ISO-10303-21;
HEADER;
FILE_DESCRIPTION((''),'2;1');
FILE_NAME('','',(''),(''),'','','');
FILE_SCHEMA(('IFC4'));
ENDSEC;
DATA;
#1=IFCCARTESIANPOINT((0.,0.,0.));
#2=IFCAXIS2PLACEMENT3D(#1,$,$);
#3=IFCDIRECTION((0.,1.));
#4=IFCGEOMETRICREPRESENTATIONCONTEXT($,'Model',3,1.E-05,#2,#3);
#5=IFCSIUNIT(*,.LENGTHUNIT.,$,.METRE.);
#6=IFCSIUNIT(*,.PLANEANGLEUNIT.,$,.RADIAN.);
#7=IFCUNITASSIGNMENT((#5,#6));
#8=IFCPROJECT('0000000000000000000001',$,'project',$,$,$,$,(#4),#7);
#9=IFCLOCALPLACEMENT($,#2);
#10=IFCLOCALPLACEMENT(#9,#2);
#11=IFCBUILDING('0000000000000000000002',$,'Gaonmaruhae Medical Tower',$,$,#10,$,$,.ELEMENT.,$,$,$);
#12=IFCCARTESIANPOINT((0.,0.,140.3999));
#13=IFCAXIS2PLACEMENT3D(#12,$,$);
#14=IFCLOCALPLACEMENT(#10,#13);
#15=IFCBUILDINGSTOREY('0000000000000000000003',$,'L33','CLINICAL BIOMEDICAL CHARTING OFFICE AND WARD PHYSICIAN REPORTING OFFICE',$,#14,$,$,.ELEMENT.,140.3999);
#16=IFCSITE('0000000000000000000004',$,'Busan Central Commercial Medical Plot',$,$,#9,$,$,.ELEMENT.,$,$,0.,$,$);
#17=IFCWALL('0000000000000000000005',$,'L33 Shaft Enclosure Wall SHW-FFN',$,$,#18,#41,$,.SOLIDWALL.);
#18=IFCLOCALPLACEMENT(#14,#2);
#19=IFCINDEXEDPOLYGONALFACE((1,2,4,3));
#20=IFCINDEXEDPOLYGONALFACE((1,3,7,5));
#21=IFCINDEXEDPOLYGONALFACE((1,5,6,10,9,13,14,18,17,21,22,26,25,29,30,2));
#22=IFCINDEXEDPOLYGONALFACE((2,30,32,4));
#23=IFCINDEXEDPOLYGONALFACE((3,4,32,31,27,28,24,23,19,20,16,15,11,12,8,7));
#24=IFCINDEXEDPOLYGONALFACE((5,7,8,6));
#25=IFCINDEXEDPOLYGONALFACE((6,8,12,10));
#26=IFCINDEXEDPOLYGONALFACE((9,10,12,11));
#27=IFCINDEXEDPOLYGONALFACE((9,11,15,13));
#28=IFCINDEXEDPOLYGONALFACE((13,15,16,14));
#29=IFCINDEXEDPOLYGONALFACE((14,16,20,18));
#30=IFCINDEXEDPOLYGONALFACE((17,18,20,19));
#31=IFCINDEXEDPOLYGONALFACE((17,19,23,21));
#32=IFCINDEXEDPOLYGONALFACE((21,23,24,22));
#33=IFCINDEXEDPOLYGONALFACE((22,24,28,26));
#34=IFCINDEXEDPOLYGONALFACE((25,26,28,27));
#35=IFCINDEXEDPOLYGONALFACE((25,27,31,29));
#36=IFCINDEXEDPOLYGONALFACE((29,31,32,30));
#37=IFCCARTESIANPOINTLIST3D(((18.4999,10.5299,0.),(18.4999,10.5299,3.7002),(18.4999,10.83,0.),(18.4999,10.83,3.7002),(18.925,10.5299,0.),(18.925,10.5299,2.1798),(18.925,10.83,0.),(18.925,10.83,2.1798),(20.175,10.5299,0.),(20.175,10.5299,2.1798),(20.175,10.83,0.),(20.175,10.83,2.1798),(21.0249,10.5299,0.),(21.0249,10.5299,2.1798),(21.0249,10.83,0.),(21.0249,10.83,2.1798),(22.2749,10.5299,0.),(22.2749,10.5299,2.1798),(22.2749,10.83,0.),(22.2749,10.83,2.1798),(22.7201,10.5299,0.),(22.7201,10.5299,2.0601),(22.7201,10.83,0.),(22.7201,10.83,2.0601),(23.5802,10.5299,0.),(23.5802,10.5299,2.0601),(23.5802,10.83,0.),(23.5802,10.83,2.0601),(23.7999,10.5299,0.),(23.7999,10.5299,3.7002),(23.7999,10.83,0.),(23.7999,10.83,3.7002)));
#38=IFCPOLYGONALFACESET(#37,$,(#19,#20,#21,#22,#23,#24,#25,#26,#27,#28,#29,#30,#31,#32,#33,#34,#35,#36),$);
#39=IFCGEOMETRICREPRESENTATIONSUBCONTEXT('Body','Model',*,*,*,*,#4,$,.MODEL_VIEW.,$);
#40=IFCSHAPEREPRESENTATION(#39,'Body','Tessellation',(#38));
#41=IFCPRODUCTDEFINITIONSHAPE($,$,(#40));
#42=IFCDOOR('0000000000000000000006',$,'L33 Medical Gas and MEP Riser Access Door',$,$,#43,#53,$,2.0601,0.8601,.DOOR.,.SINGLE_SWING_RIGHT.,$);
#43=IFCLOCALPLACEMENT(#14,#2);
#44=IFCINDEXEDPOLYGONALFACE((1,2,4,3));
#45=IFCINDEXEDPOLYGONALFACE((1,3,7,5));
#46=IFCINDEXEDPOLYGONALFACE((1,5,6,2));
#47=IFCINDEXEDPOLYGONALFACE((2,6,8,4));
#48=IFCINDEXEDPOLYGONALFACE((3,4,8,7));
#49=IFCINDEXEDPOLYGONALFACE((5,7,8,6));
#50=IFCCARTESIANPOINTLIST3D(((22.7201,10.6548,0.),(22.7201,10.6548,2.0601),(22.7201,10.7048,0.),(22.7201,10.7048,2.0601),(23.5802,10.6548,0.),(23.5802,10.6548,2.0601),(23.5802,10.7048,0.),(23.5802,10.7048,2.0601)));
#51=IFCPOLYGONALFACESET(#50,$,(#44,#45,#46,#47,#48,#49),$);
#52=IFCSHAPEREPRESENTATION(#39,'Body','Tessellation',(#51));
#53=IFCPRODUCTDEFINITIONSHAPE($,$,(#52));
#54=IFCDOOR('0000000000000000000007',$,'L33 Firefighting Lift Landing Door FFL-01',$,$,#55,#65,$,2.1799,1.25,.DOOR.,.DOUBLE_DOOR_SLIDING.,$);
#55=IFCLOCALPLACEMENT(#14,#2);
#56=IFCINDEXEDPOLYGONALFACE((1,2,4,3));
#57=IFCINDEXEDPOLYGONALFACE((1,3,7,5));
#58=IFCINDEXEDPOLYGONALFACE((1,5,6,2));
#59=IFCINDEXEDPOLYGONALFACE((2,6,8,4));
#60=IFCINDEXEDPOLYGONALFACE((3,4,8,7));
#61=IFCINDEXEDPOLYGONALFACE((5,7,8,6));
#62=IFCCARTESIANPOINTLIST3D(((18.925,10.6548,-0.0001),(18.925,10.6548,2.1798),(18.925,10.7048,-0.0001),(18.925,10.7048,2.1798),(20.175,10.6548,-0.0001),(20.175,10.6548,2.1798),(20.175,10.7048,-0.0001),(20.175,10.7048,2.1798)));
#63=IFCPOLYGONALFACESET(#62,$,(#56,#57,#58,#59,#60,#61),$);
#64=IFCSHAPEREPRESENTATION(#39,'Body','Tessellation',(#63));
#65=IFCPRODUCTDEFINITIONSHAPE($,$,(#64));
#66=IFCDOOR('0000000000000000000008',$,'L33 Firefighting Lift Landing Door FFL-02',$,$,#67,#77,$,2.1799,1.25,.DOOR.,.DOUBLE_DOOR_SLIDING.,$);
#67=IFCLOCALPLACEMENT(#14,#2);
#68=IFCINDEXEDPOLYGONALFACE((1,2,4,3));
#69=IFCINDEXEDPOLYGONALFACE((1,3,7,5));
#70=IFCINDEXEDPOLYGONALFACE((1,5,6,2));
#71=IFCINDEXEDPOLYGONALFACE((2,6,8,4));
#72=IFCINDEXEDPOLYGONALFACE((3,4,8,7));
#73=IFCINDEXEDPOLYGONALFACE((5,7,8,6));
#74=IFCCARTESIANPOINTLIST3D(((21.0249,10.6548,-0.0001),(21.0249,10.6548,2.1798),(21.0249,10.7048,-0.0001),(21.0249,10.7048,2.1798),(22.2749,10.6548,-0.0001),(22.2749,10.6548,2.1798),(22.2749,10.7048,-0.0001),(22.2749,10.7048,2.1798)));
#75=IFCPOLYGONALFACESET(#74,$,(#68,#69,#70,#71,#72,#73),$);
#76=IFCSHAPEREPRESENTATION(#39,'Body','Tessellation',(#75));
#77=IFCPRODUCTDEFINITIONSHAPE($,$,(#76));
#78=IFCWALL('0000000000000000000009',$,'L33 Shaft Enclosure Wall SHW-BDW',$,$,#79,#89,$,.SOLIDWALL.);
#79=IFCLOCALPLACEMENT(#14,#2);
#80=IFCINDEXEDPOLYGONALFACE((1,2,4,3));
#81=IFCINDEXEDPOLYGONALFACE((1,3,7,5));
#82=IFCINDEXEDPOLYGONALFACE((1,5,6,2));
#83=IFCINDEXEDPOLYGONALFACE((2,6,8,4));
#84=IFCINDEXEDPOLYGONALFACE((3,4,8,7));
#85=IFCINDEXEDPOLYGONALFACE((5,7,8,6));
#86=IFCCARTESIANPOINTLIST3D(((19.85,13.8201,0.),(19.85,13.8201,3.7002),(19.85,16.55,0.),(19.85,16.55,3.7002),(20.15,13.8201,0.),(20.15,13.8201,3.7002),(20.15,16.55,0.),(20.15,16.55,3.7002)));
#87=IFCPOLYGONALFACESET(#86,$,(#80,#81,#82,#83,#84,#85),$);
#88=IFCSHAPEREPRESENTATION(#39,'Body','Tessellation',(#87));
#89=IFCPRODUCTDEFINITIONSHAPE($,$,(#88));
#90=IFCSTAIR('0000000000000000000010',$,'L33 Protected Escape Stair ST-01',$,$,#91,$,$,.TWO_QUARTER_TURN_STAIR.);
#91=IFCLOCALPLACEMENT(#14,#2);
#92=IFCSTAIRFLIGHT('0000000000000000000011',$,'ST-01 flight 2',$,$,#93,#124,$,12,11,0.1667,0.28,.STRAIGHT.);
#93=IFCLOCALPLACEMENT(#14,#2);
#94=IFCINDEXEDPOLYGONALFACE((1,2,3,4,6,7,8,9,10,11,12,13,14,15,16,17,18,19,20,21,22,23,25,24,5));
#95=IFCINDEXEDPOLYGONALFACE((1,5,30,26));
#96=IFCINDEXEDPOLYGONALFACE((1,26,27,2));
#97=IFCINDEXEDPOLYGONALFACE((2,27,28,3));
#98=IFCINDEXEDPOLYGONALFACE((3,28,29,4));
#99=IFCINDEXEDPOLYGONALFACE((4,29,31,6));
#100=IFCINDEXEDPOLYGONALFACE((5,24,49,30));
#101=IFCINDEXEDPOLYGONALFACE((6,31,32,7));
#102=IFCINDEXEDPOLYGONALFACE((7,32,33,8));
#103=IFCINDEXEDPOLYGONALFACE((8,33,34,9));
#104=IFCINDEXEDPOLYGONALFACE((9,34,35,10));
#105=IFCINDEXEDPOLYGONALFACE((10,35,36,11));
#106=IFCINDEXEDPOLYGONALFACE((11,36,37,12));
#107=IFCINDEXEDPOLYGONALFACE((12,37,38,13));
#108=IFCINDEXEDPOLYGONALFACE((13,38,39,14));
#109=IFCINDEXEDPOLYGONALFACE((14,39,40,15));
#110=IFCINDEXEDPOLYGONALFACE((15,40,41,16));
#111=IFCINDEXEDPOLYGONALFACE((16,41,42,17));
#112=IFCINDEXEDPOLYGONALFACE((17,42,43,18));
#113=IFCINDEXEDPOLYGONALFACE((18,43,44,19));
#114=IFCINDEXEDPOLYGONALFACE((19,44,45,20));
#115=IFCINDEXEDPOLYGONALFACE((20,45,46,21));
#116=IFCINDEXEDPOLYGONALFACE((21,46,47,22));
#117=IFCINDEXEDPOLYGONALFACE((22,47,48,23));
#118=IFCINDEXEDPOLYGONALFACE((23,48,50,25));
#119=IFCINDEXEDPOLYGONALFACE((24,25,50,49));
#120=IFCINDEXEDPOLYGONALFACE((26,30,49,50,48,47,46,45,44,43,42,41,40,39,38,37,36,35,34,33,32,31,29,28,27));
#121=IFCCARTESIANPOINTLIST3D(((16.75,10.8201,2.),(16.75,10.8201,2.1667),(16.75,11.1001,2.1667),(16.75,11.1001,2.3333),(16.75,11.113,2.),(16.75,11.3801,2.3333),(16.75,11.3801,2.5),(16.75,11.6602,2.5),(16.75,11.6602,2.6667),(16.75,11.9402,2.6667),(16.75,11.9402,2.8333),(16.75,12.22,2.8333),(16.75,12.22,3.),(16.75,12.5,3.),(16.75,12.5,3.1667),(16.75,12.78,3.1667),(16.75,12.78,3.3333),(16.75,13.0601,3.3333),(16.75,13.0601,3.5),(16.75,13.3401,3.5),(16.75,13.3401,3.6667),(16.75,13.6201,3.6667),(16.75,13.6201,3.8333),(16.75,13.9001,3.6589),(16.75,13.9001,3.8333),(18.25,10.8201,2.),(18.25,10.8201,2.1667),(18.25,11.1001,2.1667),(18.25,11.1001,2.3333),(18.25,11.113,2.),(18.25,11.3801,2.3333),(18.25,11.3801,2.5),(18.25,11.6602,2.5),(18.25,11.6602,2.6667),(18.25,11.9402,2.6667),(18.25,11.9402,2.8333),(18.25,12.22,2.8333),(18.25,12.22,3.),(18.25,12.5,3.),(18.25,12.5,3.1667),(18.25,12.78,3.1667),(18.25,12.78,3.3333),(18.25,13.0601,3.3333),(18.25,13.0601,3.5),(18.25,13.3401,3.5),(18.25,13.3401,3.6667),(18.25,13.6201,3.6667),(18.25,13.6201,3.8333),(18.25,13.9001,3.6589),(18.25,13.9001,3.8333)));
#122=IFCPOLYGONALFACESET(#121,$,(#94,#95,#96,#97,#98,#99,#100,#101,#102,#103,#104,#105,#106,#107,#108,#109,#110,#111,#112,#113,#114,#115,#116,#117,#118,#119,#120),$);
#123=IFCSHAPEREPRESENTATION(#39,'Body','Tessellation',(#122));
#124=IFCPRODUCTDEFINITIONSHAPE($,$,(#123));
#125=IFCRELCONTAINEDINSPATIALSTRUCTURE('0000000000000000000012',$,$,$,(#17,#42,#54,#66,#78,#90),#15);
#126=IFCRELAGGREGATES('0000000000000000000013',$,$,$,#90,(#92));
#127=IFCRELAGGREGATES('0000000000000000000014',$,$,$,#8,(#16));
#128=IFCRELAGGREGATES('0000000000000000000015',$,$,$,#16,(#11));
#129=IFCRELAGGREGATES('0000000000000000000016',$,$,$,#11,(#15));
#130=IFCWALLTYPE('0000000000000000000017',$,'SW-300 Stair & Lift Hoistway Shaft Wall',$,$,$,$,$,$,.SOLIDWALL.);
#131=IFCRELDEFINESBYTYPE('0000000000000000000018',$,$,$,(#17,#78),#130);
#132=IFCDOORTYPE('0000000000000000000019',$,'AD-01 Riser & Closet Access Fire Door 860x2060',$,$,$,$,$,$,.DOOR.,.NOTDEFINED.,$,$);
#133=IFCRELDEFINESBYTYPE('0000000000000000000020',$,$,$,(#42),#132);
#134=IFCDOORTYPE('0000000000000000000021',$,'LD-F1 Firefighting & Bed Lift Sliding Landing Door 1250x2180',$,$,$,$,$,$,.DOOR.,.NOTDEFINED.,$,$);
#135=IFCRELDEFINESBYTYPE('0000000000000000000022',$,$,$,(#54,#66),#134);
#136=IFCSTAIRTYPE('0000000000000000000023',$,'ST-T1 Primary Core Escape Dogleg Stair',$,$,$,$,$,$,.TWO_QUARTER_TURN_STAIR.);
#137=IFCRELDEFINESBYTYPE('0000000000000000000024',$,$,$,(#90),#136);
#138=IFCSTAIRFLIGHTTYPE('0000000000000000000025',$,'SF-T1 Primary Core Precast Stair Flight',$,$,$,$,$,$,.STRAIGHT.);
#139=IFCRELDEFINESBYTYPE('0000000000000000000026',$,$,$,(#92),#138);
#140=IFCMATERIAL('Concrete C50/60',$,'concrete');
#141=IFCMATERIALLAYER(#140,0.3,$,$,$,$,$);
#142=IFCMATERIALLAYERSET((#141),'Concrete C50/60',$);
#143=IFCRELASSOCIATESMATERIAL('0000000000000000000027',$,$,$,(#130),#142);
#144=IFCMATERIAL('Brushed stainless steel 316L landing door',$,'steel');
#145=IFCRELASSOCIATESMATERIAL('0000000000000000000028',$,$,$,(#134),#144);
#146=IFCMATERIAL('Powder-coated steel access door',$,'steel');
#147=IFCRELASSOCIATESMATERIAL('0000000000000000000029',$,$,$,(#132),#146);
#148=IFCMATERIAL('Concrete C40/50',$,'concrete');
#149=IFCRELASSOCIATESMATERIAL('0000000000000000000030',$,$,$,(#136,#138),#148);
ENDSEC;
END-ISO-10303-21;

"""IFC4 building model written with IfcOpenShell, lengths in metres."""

from ifc_helpers import new_model, si_unit, direction, frame, frame_2d, origin, place, context, subcontext, project, spatial, polyline, rectangle, outline, extrude, material, layer, layer_set, type_object, element, fill, aggregate, save


model = new_model("IFC4")

# Units and contexts
model_context = context("Model", 3, precision=1e-05, world=origin(), true_north=direction((0.0, 1.0)))
body_context = subcontext(model_context, "Body", "Model", "MODEL_VIEW")
ifc_project = project(units=[si_unit("LENGTHUNIT", "METRE"), si_unit("PLANEANGLEUNIT", "RADIAN")], contexts=[model_context])

# Site, building, storey
site_placement = place(None, origin())
site = spatial("IfcSite", under=ifc_project, at=site_placement, Name="Busan Central Commercial Medical Plot", CompositionType="ELEMENT", RefElevation=0.0)
building_placement = place(site_placement, origin())
building = spatial("IfcBuilding", under=site, at=building_placement, Name="Gaonmaruhae Medical Tower", CompositionType="ELEMENT")
storey_placement = place(building_placement, frame((0.0, 0.0, 140.3999)))
storey = spatial("IfcBuildingStorey", under=building, at=storey_placement, Name="L33", Description="CLINICAL BIOMEDICAL CHARTING OFFICE AND WARD PHYSICIAN REPORTING OFFICE", CompositionType="ELEMENT", Elevation=140.3999)

# Shared definitions
ifc_material_1 = material(Name="Concrete C50/60", Category="concrete")

# Wall, openings, doors
ifc_layer_1 = layer(ifc_material_1, 0.3)
ifc_layer_set_1 = layer_set([ifc_layer_1], Name="Concrete C50/60")
wall_type_1 = type_object("IfcWallType", Name="SW-300 Stair & Lift Hoistway Shaft Wall", PredefinedType="SOLIDWALL", material=ifc_layer_set_1)
ifc_material_2 = material(Name="Brushed stainless steel 316L landing door", Category="steel")
door_type_1 = type_object("IfcDoorType", Name="LD-F1 Firefighting & Bed Lift Sliding Landing Door 1250x2180", OperationType="NOTDEFINED", PredefinedType="DOOR", material=ifc_material_2)
wall_1_placement = place(storey_placement, frame((18.5, 10.6799, 0.0), z_axis=(0.0, 0.0, 1.0), x_axis=(1.0, 0.0, 0.0)))
wall_1 = element("IfcWall", 1, at=wall_1_placement, inside=storey, type_object=wall_type_1, Name="L33 Shaft Enclosure Wall SHW-FFN", PredefinedType="SOLIDWALL", context=body_context, shape_type="SweptSolid", body=[
    extrude(rectangle(XDim=5.3, YDim=0.3, at=frame_2d((2.6499, 0.0))), origin(), (0.0, 0.0, 1.0), 3.7002),
])
opening_1_placement = place(wall_1_placement, frame((4.22, 0.0, 0.0)))
opening_1 = element("IfcOpeningElement", 2, at=opening_1_placement, cuts=wall_1, PredefinedType="OPENING", context=body_context, shape_type="SweptSolid", body=[
    extrude(rectangle(XDim=0.8601, YDim=2.0601, at=frame_2d((0.4302, 1.03))), frame((0.0, 0.1602, 0.0), z_axis=(0.0, -1.0, 0.0), x_axis=(1.0, 0.0, 0.0)), (0.0, 0.0, 1.0), 0.3201),
])
opening_2_placement = place(wall_1_placement, frame((0.425, 0.0, 0.0)))
opening_2 = element("IfcOpeningElement", 3, at=opening_2_placement, cuts=wall_1, PredefinedType="OPENING", context=body_context, shape_type="SweptSolid", body=[
    extrude(rectangle(XDim=1.25, YDim=2.1799, at=frame_2d((0.625, 1.0898))), frame((0.0, 0.1602, 0.0), z_axis=(0.0, -1.0, 0.0), x_axis=(1.0, 0.0, 0.0)), (0.0, 0.0, 1.0), 0.3201),
])
opening_3_placement = place(wall_1_placement, frame((2.5249, 0.0, 0.0)))
opening_3 = element("IfcOpeningElement", 4, at=opening_3_placement, cuts=wall_1, PredefinedType="OPENING", context=body_context, shape_type="SweptSolid", body=[
    extrude(rectangle(XDim=1.25, YDim=2.1799, at=frame_2d((0.625, 1.0898))), frame((0.0, 0.1602, 0.0), z_axis=(0.0, -1.0, 0.0), x_axis=(1.0, 0.0, 0.0)), (0.0, 0.0, 1.0), 0.3201),
])
ifc_material_3 = material(Name="Powder-coated steel access door", Category="steel")
door_type_2 = type_object("IfcDoorType", Name="AD-01 Riser & Closet Access Fire Door 860x2060", OperationType="NOTDEFINED", PredefinedType="DOOR", material=ifc_material_3)
door_1_placement = place(opening_1_placement, origin())
door_1 = element("IfcDoor", 5, at=door_1_placement, inside=storey, type_object=door_type_2, Name="L33 Medical Gas and MEP Riser Access Door", OperationType="SINGLE_SWING_RIGHT", OverallHeight=2.0601, OverallWidth=0.8601, PredefinedType="DOOR", context=body_context, shape_type="SweptSolid", body=[
    extrude(rectangle(XDim=0.8601, YDim=2.0601, at=frame_2d((0.4302, 1.03))), frame((0.0, 0.0249, 0.0), z_axis=(0.0, -1.0, 0.0), x_axis=(1.0, 0.0, 0.0)), (0.0, 0.0, 1.0), 0.05),
])
fill(opening_1, door_1)
door_2_placement = place(opening_2_placement, origin())
door_2 = element("IfcDoor", 6, at=door_2_placement, inside=storey, type_object=door_type_1, Name="L33 Firefighting Lift Landing Door FFL-01", OperationType="DOUBLE_DOOR_SLIDING", OverallHeight=2.1799, OverallWidth=1.25, PredefinedType="DOOR", context=body_context, shape_type="SweptSolid", body=[
    extrude(rectangle(XDim=1.25, YDim=2.1799, at=frame_2d((0.625, 1.0898))), frame((0.0, 0.0249, 0.0), z_axis=(0.0, -1.0, 0.0), x_axis=(1.0, 0.0, 0.0)), (0.0, 0.0, 1.0), 0.05),
])
fill(opening_2, door_2)
door_3_placement = place(opening_3_placement, origin())
door_3 = element("IfcDoor", 7, at=door_3_placement, inside=storey, type_object=door_type_1, Name="L33 Firefighting Lift Landing Door FFL-02", OperationType="DOUBLE_DOOR_SLIDING", OverallHeight=2.1799, OverallWidth=1.25, PredefinedType="DOOR", context=body_context, shape_type="SweptSolid", body=[
    extrude(rectangle(XDim=1.25, YDim=2.1799, at=frame_2d((0.625, 1.0898))), frame((0.0, 0.0249, 0.0), z_axis=(0.0, -1.0, 0.0), x_axis=(1.0, 0.0, 0.0)), (0.0, 0.0, 1.0), 0.05),
])
fill(opening_3, door_3)

# Wall
wall_2_placement = place(storey_placement, frame((20.0, 13.8201, 0.0), z_axis=(0.0, 0.0, 1.0), x_axis=(0.0, 1.0, 0.0)))
element("IfcWall", 8, at=wall_2_placement, inside=storey, type_object=wall_type_1, Name="L33 Shaft Enclosure Wall SHW-BDW", PredefinedType="SOLIDWALL", context=body_context, shape_type="SweptSolid", body=[
    extrude(rectangle(XDim=2.73, YDim=0.3, at=frame_2d((1.365, 0.0))), origin(), (0.0, 0.0, 1.0), 3.7002),
])

# Stair, stair flight
ifc_material_4 = material(Name="Concrete C40/50", Category="concrete")
stair_type = type_object("IfcStairType", Name="ST-T1 Primary Core Escape Dogleg Stair", PredefinedType="TWO_QUARTER_TURN_STAIR", material=ifc_material_4)
stair_placement = place(storey_placement, origin())
stair = element("IfcStair", 9, at=stair_placement, inside=storey, type_object=stair_type, Name="L33 Protected Escape Stair ST-01", PredefinedType="TWO_QUARTER_TURN_STAIR")
stair_flight_type = type_object("IfcStairFlightType", Name="SF-T1 Primary Core Precast Stair Flight", PredefinedType="STRAIGHT", material=ifc_material_4)
stair_flight_placement = place(storey_placement, frame((17.5, 10.8201, 2.0), z_axis=(0.0, 0.0, 1.0), x_axis=(0.0, 1.0, 0.0)))
stair_flight = element("IfcStairFlight", 10, at=stair_flight_placement, type_object=stair_flight_type, Name="ST-01 flight 2", NumberOfRisers=12, NumberOfTreads=11, PredefinedType="STRAIGHT", RiserHeight=0.1667, TreadLength=0.28, context=body_context, shape_type="SweptSolid", body=[
    extrude(outline(polyline([(0.0, 0.0), (0.0, 0.1667), (0.28, 0.1667), (0.28, 0.3333), (0.5601, 0.3333), (0.5601, 0.5), (0.8401, 0.5), (0.8401, 0.6667), (1.1201, 0.6667), (1.1201, 0.8333), (1.3999, 0.8333), (1.3999, 1.0), (1.6799, 1.0), (1.6799, 1.1667), (1.96, 1.1667), (1.96, 1.3333), (2.24, 1.3333), (2.24, 1.5), (2.52, 1.5), (2.52, 1.6667), (2.8, 1.6667), (2.8, 1.8333), (3.0801, 1.8333), (3.0801, 2.0), (3.0801, 1.6589), (0.293, 0.0), (0.0, 0.0)])), frame((0.0, 0.75, 0.0), z_axis=(0.0, -1.0, 0.0), x_axis=(1.0, 0.0, 0.0)), (0.0, 0.0, 1.0), 1.5),
])
aggregate(stair, [stair_flight])

save(model, "model.ifc")
